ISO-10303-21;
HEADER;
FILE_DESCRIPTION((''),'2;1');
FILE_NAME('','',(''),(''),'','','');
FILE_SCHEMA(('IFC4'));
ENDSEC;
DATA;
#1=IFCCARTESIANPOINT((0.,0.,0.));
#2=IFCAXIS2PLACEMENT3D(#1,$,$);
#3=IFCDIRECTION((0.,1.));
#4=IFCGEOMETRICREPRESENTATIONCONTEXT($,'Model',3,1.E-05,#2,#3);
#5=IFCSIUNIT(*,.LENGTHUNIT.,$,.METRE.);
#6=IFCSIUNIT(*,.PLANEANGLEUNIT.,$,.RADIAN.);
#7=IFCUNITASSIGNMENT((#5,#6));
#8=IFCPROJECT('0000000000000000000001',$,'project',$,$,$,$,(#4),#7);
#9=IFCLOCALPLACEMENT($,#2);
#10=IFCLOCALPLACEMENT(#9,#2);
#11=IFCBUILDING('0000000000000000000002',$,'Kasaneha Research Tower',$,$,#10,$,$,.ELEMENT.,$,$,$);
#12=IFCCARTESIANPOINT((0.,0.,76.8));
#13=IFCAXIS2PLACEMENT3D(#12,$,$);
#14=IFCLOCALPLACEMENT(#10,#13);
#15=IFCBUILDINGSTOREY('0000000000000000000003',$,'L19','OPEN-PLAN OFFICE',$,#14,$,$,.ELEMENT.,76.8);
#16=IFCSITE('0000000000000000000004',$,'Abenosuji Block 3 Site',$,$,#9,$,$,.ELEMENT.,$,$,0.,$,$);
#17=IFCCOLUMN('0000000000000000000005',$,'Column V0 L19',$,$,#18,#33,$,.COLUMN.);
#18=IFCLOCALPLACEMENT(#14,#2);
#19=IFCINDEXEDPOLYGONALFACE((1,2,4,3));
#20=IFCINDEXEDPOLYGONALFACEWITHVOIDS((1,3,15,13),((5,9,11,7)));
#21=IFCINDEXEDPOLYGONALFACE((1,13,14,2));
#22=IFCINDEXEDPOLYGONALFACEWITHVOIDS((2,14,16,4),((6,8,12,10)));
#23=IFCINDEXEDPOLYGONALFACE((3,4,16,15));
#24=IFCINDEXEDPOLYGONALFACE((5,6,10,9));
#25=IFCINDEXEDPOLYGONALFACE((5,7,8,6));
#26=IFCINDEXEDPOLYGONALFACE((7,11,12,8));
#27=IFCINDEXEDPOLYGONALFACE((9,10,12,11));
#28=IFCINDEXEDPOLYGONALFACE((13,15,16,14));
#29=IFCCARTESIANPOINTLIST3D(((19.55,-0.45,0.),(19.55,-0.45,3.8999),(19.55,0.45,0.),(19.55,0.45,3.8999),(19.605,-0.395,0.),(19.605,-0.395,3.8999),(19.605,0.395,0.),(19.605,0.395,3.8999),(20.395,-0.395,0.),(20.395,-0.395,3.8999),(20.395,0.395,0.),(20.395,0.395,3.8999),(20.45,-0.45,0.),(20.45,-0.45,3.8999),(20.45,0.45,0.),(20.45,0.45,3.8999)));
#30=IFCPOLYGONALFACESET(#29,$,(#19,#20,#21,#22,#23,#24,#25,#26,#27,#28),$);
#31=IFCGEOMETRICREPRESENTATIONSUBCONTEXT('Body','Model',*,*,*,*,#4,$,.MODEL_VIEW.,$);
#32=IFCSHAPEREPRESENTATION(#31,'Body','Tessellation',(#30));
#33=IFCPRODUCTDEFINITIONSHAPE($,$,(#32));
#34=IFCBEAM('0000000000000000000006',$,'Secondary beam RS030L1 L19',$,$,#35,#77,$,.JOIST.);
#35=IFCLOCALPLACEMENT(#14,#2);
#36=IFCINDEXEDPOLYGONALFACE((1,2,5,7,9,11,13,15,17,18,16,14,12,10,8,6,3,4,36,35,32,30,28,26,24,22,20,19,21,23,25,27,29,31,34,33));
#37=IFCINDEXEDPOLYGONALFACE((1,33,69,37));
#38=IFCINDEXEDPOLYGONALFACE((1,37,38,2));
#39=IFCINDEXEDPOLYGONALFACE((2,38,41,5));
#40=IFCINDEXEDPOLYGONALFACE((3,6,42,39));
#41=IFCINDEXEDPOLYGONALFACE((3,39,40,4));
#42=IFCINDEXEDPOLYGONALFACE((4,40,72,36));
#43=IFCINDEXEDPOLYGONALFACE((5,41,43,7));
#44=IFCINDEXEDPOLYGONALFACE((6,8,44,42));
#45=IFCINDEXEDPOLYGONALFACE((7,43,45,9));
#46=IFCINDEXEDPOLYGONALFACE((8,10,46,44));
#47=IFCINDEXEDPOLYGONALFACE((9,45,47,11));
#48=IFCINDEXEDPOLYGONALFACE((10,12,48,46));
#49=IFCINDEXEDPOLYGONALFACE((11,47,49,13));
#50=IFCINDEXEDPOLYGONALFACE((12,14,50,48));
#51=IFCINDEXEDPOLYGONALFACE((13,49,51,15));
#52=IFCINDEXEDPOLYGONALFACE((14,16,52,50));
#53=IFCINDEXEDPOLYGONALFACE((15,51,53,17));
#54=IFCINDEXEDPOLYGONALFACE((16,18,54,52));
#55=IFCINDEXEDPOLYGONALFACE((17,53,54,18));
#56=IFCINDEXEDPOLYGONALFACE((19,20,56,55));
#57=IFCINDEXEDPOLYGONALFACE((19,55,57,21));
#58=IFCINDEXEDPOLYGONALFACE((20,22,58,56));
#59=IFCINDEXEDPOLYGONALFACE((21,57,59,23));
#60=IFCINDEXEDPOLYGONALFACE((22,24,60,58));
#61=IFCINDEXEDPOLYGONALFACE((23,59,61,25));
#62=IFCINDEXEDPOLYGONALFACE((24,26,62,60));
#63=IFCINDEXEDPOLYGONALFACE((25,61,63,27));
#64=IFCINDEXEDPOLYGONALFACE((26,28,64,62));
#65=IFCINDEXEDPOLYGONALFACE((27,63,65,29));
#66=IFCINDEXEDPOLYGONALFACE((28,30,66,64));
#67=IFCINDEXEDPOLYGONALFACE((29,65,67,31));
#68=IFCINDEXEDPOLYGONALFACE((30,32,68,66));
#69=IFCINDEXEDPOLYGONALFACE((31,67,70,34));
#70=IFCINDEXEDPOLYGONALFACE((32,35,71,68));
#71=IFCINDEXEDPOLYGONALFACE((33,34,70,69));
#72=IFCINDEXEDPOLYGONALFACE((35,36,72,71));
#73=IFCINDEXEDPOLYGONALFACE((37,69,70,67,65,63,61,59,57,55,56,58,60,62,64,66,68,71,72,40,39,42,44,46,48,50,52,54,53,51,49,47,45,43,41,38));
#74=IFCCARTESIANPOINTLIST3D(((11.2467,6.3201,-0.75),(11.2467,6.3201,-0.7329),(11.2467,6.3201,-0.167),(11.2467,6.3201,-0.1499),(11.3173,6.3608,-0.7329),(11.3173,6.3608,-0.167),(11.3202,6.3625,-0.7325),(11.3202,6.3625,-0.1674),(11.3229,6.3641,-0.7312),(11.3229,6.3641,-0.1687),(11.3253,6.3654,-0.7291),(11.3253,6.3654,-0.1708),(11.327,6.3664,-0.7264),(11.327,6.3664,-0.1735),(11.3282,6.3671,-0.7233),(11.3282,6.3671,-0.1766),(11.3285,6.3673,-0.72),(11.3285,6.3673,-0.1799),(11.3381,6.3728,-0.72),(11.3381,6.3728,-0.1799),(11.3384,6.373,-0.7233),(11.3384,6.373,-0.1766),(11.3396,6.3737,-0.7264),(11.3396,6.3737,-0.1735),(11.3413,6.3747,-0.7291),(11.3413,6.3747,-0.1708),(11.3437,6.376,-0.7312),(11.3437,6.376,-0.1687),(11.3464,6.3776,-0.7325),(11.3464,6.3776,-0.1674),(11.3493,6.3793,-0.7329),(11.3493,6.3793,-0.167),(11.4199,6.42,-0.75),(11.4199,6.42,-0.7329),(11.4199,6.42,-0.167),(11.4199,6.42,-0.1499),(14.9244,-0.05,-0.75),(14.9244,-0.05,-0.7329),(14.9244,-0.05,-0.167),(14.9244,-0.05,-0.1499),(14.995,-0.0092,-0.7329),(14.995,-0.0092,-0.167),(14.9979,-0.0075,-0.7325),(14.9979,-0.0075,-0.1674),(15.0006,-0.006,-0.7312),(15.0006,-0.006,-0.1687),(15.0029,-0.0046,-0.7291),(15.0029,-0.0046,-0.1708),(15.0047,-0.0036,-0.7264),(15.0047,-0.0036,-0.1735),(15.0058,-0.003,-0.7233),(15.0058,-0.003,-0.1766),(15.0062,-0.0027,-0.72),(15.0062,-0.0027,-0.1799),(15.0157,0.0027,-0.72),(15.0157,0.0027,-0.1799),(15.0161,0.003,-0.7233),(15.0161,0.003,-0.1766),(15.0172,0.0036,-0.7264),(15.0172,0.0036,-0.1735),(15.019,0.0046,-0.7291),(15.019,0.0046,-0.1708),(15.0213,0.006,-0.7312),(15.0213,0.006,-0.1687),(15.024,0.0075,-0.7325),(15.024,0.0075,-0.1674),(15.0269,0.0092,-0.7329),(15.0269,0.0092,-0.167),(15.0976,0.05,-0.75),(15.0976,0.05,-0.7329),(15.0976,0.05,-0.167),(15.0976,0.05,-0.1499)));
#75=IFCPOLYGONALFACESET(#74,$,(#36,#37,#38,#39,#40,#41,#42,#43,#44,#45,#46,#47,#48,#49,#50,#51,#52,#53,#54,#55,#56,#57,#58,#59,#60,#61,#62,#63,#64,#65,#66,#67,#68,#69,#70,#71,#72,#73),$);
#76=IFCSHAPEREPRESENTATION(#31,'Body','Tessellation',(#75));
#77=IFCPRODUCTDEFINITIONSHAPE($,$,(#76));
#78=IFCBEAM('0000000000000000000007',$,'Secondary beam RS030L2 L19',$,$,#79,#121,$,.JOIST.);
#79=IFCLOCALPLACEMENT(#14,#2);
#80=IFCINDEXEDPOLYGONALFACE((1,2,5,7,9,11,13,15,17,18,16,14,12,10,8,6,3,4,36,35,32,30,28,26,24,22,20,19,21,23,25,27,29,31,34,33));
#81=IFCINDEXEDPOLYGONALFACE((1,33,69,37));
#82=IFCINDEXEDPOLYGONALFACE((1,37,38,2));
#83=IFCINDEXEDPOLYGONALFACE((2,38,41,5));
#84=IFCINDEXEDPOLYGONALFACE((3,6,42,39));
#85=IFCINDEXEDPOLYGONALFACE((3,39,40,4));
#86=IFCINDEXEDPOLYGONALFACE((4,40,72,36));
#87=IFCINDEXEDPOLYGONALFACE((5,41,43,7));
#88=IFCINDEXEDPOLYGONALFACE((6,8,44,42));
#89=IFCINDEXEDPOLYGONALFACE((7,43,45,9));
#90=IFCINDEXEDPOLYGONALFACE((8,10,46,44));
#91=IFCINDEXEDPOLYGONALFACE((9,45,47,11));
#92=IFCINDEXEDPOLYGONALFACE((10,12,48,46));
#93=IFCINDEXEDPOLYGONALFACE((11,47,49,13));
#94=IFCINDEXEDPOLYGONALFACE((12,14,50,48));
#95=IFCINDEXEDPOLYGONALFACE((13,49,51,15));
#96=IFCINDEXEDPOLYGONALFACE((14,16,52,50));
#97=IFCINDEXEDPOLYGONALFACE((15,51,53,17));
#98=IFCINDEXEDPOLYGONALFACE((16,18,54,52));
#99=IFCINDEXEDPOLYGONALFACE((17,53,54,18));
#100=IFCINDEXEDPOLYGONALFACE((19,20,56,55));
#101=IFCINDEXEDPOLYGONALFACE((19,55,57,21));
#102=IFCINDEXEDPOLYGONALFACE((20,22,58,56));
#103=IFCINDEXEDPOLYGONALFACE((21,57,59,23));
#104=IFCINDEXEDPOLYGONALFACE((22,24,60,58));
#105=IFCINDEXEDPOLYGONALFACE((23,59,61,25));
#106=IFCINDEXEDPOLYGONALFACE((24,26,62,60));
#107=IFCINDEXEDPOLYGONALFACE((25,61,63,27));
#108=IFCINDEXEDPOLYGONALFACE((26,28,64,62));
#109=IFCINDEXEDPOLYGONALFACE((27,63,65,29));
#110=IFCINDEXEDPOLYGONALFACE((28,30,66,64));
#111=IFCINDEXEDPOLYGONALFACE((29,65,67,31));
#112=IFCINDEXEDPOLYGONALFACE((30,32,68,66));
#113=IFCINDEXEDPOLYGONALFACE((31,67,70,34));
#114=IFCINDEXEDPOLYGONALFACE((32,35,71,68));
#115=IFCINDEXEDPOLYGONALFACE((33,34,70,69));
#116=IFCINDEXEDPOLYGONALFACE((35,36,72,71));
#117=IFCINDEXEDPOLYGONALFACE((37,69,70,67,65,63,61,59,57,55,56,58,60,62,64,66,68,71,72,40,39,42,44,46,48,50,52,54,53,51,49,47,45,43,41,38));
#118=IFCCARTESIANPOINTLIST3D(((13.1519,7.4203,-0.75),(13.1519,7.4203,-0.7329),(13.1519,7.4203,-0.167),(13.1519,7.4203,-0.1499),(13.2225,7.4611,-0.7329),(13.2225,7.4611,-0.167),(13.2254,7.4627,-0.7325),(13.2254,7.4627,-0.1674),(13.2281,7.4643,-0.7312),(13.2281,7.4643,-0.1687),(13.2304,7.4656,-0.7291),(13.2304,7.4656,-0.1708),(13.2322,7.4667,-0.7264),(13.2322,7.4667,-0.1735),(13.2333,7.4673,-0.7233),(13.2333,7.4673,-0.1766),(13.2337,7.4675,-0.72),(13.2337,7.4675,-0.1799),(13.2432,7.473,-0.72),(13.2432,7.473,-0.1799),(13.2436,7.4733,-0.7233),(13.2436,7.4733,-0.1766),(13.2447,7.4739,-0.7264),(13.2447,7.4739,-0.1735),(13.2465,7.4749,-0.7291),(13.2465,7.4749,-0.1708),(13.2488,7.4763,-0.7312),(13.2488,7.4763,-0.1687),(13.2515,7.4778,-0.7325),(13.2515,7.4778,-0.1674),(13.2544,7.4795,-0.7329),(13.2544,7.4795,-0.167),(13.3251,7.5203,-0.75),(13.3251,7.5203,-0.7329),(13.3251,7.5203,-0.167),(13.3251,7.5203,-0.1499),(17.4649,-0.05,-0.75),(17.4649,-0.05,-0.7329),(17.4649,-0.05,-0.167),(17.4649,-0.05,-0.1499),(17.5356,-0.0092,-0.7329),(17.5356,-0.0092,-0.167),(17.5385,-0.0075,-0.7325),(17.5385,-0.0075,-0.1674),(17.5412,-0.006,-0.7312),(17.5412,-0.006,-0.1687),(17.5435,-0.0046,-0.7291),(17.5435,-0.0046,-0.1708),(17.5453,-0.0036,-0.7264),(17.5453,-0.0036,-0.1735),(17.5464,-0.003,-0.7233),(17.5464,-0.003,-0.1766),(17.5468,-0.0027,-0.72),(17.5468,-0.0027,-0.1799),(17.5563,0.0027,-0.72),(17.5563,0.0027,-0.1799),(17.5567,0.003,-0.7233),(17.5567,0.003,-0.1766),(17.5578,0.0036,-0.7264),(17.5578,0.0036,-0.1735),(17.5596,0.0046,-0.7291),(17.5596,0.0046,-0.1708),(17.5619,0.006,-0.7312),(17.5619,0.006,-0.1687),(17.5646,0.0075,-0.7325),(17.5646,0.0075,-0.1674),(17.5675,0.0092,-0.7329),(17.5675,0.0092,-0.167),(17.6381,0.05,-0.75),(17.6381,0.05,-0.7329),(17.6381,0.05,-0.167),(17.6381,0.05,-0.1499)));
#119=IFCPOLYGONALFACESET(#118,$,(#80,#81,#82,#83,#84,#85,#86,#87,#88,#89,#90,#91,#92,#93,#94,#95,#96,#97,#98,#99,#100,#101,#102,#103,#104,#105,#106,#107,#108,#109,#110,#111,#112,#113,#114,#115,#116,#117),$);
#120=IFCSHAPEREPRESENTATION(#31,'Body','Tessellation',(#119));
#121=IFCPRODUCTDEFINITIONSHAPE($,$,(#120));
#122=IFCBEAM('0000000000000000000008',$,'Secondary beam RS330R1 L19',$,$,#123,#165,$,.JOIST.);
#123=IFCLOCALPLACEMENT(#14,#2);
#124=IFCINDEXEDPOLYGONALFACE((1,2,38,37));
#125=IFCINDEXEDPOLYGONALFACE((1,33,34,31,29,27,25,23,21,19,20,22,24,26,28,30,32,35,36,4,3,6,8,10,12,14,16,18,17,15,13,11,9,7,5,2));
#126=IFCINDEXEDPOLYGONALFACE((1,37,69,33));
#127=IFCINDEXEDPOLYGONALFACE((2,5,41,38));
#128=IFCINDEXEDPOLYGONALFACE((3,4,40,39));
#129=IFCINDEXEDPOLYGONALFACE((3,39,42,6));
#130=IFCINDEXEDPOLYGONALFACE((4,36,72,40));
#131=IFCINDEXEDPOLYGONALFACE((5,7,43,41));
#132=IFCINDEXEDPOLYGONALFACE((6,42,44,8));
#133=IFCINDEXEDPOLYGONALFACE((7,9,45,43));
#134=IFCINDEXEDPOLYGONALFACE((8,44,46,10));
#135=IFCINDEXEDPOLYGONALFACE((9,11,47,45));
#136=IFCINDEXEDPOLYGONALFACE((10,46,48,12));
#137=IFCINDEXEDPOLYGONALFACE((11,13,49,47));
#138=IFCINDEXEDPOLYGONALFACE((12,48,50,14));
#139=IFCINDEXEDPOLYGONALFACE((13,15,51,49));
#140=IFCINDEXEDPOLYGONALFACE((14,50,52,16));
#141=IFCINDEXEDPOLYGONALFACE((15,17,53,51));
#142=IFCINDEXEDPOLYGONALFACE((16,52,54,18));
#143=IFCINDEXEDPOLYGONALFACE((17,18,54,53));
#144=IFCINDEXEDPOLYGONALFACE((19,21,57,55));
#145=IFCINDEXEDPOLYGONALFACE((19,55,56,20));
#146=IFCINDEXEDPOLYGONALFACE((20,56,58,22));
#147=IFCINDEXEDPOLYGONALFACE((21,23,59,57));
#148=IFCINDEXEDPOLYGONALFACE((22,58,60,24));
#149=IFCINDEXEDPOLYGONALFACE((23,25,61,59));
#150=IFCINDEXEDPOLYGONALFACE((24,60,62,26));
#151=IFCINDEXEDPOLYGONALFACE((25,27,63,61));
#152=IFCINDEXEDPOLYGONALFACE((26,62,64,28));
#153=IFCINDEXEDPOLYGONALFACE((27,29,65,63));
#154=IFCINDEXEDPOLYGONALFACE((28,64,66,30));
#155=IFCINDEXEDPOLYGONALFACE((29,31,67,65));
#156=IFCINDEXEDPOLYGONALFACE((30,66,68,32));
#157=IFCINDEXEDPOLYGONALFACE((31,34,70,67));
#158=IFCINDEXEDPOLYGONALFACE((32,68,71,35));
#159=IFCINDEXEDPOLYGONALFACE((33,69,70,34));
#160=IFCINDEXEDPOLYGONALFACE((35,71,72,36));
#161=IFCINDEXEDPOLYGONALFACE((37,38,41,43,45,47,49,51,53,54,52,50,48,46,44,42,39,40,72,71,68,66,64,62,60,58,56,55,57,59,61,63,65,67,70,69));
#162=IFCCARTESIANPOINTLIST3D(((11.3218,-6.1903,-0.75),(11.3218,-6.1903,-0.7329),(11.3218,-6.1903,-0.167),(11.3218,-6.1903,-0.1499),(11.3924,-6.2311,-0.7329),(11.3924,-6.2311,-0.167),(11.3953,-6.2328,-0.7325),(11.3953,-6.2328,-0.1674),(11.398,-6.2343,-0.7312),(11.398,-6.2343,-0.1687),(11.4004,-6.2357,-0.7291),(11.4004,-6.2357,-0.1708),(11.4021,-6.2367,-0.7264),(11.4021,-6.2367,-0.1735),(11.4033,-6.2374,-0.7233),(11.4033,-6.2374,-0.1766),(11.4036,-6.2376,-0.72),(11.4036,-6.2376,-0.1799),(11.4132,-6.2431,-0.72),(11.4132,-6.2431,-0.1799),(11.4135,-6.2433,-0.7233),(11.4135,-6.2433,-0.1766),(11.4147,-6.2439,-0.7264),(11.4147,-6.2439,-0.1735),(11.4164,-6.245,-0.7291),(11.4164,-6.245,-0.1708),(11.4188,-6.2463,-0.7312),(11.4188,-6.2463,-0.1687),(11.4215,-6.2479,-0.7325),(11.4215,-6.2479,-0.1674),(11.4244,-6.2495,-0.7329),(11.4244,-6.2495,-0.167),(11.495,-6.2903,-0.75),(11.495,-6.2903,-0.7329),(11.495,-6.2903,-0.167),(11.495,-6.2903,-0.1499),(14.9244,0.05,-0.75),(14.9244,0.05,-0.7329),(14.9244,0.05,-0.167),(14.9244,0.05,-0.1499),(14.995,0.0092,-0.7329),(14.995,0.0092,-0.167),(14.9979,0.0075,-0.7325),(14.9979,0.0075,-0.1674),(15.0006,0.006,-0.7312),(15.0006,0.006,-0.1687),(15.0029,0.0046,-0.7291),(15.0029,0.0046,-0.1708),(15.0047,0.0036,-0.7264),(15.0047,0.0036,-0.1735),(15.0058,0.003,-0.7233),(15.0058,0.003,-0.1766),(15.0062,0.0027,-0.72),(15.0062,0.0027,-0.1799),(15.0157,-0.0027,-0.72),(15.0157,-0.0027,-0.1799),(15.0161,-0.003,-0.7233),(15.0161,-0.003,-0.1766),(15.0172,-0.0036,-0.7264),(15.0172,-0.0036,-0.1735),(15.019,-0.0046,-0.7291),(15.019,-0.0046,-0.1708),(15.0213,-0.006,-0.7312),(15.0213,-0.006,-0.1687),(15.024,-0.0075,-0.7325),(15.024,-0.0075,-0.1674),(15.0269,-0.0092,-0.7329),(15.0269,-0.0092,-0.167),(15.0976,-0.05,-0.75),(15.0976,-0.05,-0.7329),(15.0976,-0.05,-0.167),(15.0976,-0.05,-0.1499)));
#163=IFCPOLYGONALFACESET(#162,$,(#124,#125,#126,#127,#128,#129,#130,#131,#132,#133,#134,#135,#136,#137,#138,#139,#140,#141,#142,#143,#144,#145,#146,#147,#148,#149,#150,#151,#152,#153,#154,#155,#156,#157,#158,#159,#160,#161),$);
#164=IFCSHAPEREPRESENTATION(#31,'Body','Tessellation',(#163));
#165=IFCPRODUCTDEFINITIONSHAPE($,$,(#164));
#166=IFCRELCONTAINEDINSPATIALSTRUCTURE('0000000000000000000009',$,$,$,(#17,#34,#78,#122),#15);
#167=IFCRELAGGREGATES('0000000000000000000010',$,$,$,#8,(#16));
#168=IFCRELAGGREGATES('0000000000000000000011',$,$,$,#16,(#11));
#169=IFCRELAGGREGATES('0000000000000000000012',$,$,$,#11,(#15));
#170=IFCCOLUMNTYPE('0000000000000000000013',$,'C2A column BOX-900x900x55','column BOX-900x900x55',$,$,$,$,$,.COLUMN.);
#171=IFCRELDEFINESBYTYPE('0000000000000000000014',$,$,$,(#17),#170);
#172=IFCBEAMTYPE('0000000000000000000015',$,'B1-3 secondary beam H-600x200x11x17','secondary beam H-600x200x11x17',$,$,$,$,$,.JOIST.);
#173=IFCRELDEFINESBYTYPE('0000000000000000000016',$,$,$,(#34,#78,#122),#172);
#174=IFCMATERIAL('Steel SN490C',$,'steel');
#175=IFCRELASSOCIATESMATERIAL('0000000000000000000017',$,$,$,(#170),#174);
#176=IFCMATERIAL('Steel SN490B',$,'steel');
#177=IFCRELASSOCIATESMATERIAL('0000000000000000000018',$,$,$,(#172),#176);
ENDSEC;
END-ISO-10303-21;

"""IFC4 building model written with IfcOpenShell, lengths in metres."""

from ifc_helpers import new_model, si_unit, direction, frame, origin, origin_2d, place, context, subcontext, project, spatial, hollow_rectangle, i_section, extrude, material, material_profile, profile_set, type_object, element, save


model = new_model("IFC4")

# Units and contexts
model_context = context("Model", 3, precision=1e-05, world=origin(), true_north=direction((0.0, 1.0)))
body_context = subcontext(model_context, "Body", "Model", "MODEL_VIEW")
ifc_project = project(units=[si_unit("LENGTHUNIT", "METRE"), si_unit("PLANEANGLEUNIT", "RADIAN")], contexts=[model_context])

# Site, building, storey
site_placement = place(None, origin())
site = spatial("IfcSite", under=ifc_project, at=site_placement, Name="Abenosuji Block 3 Site", CompositionType="ELEMENT", RefElevation=0.0)
building_placement = place(site_placement, origin())
building = spatial("IfcBuilding", under=site, at=building_placement, Name="Kasaneha Research Tower", CompositionType="ELEMENT")
storey_placement = place(building_placement, frame((0.0, 0.0, 76.8)))
storey = spatial("IfcBuildingStorey", under=building, at=storey_placement, Name="L19", Description="OPEN-PLAN OFFICE", CompositionType="ELEMENT", Elevation=76.8)

# Column
ifc_material_1 = material(Name="Steel SN490C", Category="steel")
ifc_material_profile_1 = material_profile(ifc_material_1, hollow_rectangle(XDim=0.8999, YDim=0.8999, WallThickness=0.0549, at=origin_2d()), Name="BOX-900x900x55")
ifc_profile_set_1 = profile_set([ifc_material_profile_1], Name="Steel SN490C")
column_type = type_object("IfcColumnType", Name="C2A column BOX-900x900x55", Description="column BOX-900x900x55", PredefinedType="COLUMN", material=ifc_profile_set_1)
column_placement = place(storey_placement, frame((20.0, 0.0, 0.0), z_axis=(0.0, 0.0, 1.0), x_axis=(1.0, 0.0, 0.0)))
element("IfcColumn", 1, at=column_placement, inside=storey, type_object=column_type, Name="Column V0 L19", PredefinedType="COLUMN", context=body_context, shape_type="SweptSolid", body=[
    extrude(hollow_rectangle(XDim=0.8999, YDim=0.8999, WallThickness=0.0549, at=origin_2d()), origin(), (0.0, 0.0, 1.0), 3.8999),
])

# Beams
ifc_material_2 = material(Name="Steel SN490B", Category="steel")
ifc_material_profile_2 = material_profile(ifc_material_2, i_section(OverallWidth=0.2, OverallDepth=0.6001, WebThickness=0.011, FlangeThickness=0.0171, FilletRadius=0.0129, at=origin_2d()), Name="H-600x200x11x17")
ifc_profile_set_2 = profile_set([ifc_material_profile_2], Name="Steel SN490B")
beam_type_1 = type_object("IfcBeamType", Name="B1-3 secondary beam H-600x200x11x17", Description="secondary beam H-600x200x11x17", PredefinedType="JOIST", material=ifc_profile_set_2)
beam_1_placement = place(storey_placement, frame((15.011, 0.0, -0.45), z_axis=(-0.499994, 0.866029, 0.0), x_axis=(-0.866029, -0.499994, 0.0)))
element("IfcBeam", 2, at=beam_1_placement, inside=storey, type_object=beam_type_1, Name="Secondary beam RS030L1 L19", PredefinedType="JOIST", context=body_context, shape_type="SweptSolid", body=[
    extrude(i_section(OverallWidth=0.2, OverallDepth=0.6001, WebThickness=0.011, FlangeThickness=0.0171, FilletRadius=0.0129, at=origin_2d()), origin(), (0.0, 0.0, 1.0), 7.3555),
])
beam_2_placement = place(storey_placement, frame((17.5515, 0.0, -0.45), z_axis=(-0.500005, 0.866023, 0.0), x_axis=(-0.866023, -0.500005, 0.0)))
element("IfcBeam", 3, at=beam_2_placement, inside=storey, type_object=beam_type_1, Name="Secondary beam RS030L2 L19", PredefinedType="JOIST", context=body_context, shape_type="SweptSolid", body=[
    extrude(i_section(OverallWidth=0.2, OverallDepth=0.6001, WebThickness=0.011, FlangeThickness=0.0171, FilletRadius=0.0129, at=origin_2d()), origin(), (0.0, 0.0, 1.0), 8.626),
])
beam_3_placement = place(storey_placement, frame((15.011, 0.0, -0.45), z_axis=(-0.499973, -0.866041, 0.0), x_axis=(0.866041, -0.499973, 0.0)))
element("IfcBeam", 4, at=beam_3_placement, inside=storey, type_object=beam_type_1, Name="Secondary beam RS330R1 L19", PredefinedType="JOIST", context=body_context, shape_type="SweptSolid", body=[
    extrude(i_section(OverallWidth=0.2, OverallDepth=0.6001, WebThickness=0.011, FlangeThickness=0.0171, FilletRadius=0.0129, at=origin_2d()), origin(), (0.0, 0.0, 1.0), 7.2056),
])

save(model, "model.ifc")
